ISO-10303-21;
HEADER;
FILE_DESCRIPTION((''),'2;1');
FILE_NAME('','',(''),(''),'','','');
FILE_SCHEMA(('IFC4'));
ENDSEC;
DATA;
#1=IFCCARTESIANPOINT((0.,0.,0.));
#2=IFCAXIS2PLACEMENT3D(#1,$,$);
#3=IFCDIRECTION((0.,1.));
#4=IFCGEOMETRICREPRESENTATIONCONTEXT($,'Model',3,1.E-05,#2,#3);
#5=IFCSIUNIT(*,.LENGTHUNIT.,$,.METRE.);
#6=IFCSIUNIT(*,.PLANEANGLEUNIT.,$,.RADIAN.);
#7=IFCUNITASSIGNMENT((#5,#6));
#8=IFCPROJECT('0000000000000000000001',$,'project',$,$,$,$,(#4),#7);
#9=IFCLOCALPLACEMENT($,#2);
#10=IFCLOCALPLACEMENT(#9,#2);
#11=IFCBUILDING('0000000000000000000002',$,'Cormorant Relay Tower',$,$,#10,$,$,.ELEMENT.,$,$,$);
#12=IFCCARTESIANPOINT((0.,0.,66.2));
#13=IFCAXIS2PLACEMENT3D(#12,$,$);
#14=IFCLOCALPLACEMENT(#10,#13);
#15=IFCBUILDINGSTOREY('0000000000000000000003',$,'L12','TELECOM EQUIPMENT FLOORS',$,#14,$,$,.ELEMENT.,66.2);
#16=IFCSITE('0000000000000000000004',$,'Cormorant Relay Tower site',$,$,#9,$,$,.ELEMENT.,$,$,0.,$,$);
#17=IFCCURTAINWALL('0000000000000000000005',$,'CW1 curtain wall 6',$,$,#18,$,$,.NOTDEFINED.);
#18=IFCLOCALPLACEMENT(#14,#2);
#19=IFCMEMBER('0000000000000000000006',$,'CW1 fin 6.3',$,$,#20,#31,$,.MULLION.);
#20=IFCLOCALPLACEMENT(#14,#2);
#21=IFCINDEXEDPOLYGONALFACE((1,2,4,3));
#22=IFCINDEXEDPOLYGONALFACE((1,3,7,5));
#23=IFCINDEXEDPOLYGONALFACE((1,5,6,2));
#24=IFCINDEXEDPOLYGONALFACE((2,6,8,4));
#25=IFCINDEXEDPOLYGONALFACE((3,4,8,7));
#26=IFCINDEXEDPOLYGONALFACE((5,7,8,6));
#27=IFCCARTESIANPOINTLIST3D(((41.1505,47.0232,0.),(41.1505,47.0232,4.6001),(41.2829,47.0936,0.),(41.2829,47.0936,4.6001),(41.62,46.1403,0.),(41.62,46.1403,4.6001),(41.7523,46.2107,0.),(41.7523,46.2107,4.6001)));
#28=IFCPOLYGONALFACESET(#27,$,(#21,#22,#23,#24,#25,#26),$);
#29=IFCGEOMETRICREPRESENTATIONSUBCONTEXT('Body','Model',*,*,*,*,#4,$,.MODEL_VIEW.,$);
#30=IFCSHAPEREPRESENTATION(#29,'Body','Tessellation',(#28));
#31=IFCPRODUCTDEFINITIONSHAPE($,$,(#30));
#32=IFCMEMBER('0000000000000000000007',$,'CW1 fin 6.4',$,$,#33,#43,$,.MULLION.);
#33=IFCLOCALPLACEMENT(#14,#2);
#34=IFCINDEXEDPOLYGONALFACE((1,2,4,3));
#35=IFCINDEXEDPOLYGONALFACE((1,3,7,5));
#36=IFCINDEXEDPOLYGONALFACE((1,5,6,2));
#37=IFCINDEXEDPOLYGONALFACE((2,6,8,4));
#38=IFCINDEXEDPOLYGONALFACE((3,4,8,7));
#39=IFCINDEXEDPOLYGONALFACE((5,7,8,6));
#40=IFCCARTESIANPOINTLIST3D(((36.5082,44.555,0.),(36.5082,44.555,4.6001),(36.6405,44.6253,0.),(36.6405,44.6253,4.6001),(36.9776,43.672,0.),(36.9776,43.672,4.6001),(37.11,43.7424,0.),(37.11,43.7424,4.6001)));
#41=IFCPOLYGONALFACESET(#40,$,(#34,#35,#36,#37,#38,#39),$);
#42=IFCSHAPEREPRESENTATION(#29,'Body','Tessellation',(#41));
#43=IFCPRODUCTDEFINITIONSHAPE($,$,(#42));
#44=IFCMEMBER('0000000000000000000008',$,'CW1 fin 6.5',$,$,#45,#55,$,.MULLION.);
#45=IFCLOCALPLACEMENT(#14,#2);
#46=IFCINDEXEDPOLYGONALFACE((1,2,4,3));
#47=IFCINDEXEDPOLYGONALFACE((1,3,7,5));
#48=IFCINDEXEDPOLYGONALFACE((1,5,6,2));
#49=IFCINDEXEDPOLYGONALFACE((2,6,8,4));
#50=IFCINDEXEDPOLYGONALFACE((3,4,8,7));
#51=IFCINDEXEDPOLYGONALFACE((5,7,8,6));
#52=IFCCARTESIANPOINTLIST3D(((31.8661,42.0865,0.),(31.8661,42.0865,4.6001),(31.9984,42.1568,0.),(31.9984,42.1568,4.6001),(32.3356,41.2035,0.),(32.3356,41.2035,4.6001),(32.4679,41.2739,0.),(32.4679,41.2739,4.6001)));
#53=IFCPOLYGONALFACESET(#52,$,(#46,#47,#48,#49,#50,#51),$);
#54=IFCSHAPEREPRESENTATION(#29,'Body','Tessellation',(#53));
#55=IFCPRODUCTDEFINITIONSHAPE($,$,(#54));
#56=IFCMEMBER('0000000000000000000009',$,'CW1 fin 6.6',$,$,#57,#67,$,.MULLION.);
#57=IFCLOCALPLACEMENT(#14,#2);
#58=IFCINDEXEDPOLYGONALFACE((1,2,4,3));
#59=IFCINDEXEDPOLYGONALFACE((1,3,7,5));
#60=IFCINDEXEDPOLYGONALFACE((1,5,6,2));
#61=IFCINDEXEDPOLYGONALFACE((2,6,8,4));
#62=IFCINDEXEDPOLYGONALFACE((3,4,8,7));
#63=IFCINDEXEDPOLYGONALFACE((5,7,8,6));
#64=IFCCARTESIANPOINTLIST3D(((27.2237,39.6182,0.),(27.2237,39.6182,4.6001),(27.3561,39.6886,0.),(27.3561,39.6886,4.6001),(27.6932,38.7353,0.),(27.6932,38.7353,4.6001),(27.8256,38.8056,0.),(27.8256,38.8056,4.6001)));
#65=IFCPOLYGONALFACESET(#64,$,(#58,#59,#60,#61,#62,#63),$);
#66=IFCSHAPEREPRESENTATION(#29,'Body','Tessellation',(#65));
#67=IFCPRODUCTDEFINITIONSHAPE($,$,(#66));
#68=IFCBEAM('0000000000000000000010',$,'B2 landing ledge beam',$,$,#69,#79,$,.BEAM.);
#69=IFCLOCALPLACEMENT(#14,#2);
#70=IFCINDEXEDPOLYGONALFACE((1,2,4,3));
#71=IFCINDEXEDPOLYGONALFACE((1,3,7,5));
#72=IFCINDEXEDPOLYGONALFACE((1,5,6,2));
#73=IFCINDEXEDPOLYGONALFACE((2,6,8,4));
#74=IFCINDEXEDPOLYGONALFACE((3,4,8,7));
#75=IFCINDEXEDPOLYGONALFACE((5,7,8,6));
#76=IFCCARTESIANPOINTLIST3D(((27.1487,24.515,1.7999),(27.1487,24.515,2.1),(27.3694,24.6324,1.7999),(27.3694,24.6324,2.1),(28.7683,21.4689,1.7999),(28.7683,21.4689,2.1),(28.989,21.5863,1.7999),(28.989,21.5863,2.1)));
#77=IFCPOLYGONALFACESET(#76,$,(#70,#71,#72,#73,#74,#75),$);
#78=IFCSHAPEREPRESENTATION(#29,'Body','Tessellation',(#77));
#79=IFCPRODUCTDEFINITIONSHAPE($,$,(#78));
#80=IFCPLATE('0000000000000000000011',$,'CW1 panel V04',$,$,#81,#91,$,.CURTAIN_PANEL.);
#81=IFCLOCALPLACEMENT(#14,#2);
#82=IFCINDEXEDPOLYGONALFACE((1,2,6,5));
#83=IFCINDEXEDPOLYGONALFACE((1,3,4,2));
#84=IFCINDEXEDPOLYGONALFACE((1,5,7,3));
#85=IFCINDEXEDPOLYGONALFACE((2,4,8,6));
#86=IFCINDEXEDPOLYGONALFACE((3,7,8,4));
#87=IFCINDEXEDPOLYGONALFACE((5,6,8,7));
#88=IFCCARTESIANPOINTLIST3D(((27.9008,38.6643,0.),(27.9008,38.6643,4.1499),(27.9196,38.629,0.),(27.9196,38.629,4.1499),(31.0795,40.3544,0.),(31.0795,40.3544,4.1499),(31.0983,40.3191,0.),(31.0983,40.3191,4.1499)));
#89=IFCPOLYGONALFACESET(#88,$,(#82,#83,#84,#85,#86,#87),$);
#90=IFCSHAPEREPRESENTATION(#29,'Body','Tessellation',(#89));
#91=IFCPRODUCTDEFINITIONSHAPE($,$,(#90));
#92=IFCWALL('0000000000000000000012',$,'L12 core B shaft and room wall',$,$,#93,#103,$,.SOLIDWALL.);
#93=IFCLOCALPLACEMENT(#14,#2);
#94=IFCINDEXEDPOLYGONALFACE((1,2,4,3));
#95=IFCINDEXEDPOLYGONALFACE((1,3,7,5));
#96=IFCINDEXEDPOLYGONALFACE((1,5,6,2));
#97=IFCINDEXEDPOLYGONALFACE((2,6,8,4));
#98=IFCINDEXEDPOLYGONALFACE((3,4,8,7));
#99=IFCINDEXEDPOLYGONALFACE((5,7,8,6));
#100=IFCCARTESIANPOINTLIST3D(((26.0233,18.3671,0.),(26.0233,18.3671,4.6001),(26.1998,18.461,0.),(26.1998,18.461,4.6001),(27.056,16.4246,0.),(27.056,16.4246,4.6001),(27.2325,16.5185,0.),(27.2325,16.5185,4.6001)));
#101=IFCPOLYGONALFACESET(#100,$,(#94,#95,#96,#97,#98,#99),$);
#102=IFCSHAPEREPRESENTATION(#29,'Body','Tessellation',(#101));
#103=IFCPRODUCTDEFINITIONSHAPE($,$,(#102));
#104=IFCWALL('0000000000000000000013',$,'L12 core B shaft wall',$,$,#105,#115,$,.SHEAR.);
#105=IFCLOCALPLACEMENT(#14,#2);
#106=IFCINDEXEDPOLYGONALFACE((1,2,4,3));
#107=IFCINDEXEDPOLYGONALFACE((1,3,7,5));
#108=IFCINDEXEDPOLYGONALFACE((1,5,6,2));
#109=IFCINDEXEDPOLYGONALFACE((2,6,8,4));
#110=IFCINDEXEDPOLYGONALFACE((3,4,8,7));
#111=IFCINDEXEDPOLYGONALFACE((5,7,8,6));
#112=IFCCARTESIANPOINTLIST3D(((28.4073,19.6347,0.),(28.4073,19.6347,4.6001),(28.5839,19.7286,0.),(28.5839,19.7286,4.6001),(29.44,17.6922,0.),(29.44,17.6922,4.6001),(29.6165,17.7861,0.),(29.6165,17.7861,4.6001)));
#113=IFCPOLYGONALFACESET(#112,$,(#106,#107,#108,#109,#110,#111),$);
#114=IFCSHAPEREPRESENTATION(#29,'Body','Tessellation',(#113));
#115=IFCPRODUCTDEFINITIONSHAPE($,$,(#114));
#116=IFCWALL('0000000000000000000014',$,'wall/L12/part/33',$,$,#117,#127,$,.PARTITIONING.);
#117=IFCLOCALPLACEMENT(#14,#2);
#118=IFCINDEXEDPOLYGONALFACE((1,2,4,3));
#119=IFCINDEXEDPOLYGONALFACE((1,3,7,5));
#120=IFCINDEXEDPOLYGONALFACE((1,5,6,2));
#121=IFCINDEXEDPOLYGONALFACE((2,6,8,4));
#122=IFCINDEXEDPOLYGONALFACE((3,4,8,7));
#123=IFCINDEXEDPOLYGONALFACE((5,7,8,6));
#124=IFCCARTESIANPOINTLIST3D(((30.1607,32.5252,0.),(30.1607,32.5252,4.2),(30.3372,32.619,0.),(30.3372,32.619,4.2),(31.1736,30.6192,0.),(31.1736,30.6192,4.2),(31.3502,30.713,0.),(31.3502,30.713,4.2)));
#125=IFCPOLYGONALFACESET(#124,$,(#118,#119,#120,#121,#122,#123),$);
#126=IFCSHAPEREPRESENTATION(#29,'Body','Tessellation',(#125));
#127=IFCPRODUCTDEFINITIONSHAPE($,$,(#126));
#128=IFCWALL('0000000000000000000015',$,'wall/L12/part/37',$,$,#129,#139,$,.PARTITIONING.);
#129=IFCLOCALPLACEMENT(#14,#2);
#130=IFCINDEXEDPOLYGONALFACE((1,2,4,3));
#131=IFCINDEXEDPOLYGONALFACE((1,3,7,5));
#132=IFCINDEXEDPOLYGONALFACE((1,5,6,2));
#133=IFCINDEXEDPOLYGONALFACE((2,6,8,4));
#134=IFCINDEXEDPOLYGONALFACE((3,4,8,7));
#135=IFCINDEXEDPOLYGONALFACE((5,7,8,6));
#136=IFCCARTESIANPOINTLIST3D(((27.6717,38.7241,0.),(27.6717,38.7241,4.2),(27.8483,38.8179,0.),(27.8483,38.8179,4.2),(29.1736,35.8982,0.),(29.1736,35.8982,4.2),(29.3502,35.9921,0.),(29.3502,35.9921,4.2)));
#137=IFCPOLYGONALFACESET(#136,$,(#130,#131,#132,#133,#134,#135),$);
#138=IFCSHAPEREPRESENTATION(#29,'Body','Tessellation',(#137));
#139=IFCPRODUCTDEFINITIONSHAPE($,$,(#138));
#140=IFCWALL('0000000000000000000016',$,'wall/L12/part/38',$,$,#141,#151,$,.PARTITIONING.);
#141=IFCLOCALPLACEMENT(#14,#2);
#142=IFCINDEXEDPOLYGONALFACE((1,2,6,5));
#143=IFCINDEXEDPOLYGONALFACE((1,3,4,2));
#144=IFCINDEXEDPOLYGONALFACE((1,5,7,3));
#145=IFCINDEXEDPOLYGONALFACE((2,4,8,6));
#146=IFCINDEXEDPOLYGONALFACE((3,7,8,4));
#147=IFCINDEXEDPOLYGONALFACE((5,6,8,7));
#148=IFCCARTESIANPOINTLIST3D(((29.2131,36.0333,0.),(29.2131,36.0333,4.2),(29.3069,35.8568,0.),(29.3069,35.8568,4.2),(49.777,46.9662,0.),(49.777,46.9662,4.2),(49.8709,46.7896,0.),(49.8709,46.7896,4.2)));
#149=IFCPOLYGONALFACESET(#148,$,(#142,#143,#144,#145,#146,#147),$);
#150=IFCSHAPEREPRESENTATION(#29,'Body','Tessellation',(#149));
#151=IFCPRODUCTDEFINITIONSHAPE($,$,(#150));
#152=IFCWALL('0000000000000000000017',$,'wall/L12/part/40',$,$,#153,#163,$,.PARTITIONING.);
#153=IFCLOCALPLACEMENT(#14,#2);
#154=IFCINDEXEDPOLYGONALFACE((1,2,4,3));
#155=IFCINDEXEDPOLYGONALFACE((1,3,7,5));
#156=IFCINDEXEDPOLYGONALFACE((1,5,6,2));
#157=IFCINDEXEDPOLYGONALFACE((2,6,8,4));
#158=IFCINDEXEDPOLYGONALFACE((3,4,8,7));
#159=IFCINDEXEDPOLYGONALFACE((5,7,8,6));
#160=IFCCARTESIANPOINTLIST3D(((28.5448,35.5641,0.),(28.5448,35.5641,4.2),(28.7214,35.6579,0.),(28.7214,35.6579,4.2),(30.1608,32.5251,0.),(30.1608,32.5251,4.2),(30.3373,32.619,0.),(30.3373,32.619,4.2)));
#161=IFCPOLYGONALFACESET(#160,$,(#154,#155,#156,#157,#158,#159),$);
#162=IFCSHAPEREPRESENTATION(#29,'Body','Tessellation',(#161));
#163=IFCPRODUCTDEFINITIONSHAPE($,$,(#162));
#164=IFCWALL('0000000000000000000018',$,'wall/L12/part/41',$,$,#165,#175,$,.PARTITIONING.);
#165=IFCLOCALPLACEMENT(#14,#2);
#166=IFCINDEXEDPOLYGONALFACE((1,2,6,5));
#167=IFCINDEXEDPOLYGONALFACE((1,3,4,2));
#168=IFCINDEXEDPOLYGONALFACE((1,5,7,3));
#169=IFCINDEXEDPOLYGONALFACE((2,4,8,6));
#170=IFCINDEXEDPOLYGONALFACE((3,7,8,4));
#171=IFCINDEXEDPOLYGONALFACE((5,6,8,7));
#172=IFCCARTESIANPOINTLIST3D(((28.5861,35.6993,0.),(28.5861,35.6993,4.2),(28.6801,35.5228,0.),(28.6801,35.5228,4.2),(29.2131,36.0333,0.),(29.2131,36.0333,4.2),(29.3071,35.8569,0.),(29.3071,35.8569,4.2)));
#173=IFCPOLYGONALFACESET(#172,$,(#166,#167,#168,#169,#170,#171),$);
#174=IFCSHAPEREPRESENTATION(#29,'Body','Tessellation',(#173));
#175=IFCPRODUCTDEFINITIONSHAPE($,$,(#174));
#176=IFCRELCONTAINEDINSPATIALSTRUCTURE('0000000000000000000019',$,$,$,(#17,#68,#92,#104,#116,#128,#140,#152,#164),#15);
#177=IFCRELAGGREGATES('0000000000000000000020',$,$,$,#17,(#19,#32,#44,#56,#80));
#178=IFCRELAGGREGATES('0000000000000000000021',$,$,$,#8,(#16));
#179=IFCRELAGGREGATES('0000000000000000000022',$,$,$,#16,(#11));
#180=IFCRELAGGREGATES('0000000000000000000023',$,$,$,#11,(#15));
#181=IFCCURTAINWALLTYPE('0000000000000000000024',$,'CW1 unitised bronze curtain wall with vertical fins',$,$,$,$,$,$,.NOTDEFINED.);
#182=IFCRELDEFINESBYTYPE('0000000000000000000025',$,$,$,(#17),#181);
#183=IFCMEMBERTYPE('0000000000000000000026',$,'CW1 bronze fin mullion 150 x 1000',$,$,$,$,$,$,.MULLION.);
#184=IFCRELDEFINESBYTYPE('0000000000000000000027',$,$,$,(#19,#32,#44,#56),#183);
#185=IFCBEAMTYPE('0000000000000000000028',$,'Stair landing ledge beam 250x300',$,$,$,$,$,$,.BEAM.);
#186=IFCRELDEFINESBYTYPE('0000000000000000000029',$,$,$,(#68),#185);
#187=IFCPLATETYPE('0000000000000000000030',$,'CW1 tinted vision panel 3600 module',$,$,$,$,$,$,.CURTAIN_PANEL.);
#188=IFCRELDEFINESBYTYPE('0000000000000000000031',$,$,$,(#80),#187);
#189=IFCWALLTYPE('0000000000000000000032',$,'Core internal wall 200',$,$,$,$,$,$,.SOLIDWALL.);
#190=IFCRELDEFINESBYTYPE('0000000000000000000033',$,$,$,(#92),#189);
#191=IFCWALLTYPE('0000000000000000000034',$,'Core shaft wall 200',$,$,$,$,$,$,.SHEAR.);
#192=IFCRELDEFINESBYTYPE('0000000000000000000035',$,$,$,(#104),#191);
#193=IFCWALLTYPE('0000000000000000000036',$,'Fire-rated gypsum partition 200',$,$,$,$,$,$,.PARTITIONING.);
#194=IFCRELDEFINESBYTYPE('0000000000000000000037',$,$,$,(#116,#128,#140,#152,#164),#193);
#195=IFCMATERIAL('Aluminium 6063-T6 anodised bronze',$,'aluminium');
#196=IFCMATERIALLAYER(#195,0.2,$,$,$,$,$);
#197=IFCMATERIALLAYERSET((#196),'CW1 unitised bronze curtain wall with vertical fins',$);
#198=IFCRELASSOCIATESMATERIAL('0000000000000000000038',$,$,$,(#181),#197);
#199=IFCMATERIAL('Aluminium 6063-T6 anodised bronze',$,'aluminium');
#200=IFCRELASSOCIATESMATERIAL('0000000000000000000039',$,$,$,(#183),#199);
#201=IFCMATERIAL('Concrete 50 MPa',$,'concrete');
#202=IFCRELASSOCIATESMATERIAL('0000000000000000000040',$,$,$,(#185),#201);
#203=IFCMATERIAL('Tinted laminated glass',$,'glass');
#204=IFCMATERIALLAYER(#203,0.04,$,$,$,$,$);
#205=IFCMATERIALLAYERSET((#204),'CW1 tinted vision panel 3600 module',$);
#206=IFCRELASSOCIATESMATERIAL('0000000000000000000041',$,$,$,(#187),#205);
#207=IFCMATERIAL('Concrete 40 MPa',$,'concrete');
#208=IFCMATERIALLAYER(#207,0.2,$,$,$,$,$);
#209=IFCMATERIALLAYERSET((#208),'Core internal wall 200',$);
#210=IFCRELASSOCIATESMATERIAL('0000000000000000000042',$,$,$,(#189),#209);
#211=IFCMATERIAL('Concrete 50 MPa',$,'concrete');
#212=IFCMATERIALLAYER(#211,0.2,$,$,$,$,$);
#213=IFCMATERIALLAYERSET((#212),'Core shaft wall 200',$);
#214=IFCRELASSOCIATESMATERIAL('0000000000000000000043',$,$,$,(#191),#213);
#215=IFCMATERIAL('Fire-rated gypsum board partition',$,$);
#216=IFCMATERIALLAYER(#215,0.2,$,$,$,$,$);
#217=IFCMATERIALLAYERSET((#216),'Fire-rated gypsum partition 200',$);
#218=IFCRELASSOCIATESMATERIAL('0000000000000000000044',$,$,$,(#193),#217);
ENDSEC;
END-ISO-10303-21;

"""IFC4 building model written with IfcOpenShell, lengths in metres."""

from ifc_helpers import new_model, si_unit, direction, frame, frame_2d, origin, origin_2d, place, context, subcontext, project, spatial, rectangle, extrude, material, layer, layer_set, material_profile, profile_set, type_object, element, aggregate, save


model = new_model("IFC4")

# Units and contexts
model_context = context("Model", 3, precision=1e-05, world=origin(), true_north=direction((0.0, 1.0)))
body_context = subcontext(model_context, "Body", "Model", "MODEL_VIEW")
ifc_project = project(units=[si_unit("LENGTHUNIT", "METRE"), si_unit("PLANEANGLEUNIT", "RADIAN")], contexts=[model_context])

# Site, building, storey
site_placement = place(None, origin())
site = spatial("IfcSite", under=ifc_project, at=site_placement, Name="Cormorant Relay Tower site", CompositionType="ELEMENT", RefElevation=0.0)
building_placement = place(site_placement, origin())
building = spatial("IfcBuilding", under=site, at=building_placement, Name="Cormorant Relay Tower", CompositionType="ELEMENT")
storey_placement = place(building_placement, frame((0.0, 0.0, 66.2)))
storey = spatial("IfcBuildingStorey", under=building, at=storey_placement, Name="L12", Description="TELECOM EQUIPMENT FLOORS", CompositionType="ELEMENT", Elevation=66.2)

# Curtain wall, members
ifc_material_1 = material(Name="Aluminium 6063-T6 anodised bronze", Category="aluminium")
ifc_layer_1 = layer(ifc_material_1, 0.2)
ifc_layer_set_1 = layer_set([ifc_layer_1], Name="CW1 unitised bronze curtain wall with vertical fins")
curtain_wall_type = type_object("IfcCurtainWallType", Name="CW1 unitised bronze curtain wall with vertical fins", PredefinedType="NOTDEFINED", material=ifc_layer_set_1)
curtain_wall_placement = place(storey_placement, origin())
curtain_wall = element("IfcCurtainWall", 1, at=curtain_wall_placement, inside=storey, type_object=curtain_wall_type, Name="CW1 curtain wall 6", PredefinedType="NOTDEFINED")
ifc_material_2 = material(Name="Aluminium 6063-T6 anodised bronze", Category="aluminium")
ifc_material_profile_1 = material_profile(ifc_material_2, rectangle(XDim=0.1499, YDim=1.0, at=origin_2d()), Name="AL 150x1000")
ifc_profile_set_1 = profile_set([ifc_material_profile_1], Name="Aluminium 6063-T6 anodised bronze")
member_type = type_object("IfcMemberType", Name="CW1 bronze fin mullion 150 x 1000", PredefinedType="MULLION", material=ifc_profile_set_1)
member_1_placement = place(storey_placement, frame((41.4514, 46.6169, 0.0), z_axis=(0.0, 0.0, 1.0), x_axis=(-0.882948, -0.469472, 0.0)))
member_1 = element("IfcMember", 2, at=member_1_placement, type_object=member_type, Name="CW1 fin 6.3", PredefinedType="MULLION", context=body_context, shape_type="SweptSolid", body=[
    extrude(rectangle(XDim=0.1499, YDim=1.0, at=origin_2d()), origin(), (0.0, 0.0, 1.0), 4.6001),
])
member_2_placement = place(storey_placement, frame((36.8091, 44.1487, 0.0), z_axis=(0.0, 0.0, 1.0), x_axis=(-0.882948, -0.469472, 0.0)))
member_2 = element("IfcMember", 3, at=member_2_placement, type_object=member_type, Name="CW1 fin 6.4", PredefinedType="MULLION", context=body_context, shape_type="SweptSolid", body=[
    extrude(rectangle(XDim=0.1499, YDim=1.0, at=origin_2d()), origin(), (0.0, 0.0, 1.0), 4.6001),
])
member_3_placement = place(storey_placement, frame((32.167, 41.6802, 0.0), z_axis=(0.0, 0.0, 1.0), x_axis=(-0.882948, -0.469472, 0.0)))
member_3 = element("IfcMember", 4, at=member_3_placement, type_object=member_type, Name="CW1 fin 6.5", PredefinedType="MULLION", context=body_context, shape_type="SweptSolid", body=[
    extrude(rectangle(XDim=0.1499, YDim=1.0, at=origin_2d()), origin(), (0.0, 0.0, 1.0), 4.6001),
])
member_4_placement = place(storey_placement, frame((27.5247, 39.2119, 0.0), z_axis=(0.0, 0.0, 1.0), x_axis=(-0.882948, -0.469472, 0.0)))
member_4 = element("IfcMember", 5, at=member_4_placement, type_object=member_type, Name="CW1 fin 6.6", PredefinedType="MULLION", context=body_context, shape_type="SweptSolid", body=[
    extrude(rectangle(XDim=0.1499, YDim=1.0, at=origin_2d()), origin(), (0.0, 0.0, 1.0), 4.6001),
])

# Beam
ifc_material_3 = material(Name="Concrete 50 MPa", Category="concrete")
ifc_material_profile_2 = material_profile(ifc_material_3, rectangle(XDim=0.25, YDim=0.3, at=origin_2d()), Name="RC 250x300")
ifc_profile_set_2 = profile_set([ifc_material_profile_2], Name="Concrete 50 MPa")
beam_type = type_object("IfcBeamType", Name="Stair landing ledge beam 250x300", PredefinedType="BEAM", material=ifc_profile_set_2)
beam_placement = place(storey_placement, frame((28.8787, 21.5276, 1.95), z_axis=(-0.469464, 0.882952, 0.0), x_axis=(-0.882952, -0.469464, 0.0)))
element("IfcBeam", 6, at=beam_placement, inside=storey, type_object=beam_type, Name="B2 landing ledge beam", PredefinedType="BEAM", context=body_context, shape_type="SweptSolid", body=[
    extrude(rectangle(XDim=0.25, YDim=0.3, at=origin_2d()), origin(), (0.0, 0.0, 1.0), 3.45),
])

# Plate
ifc_material_4 = material(Name="Tinted laminated glass", Category="glass")
ifc_layer_2 = layer(ifc_material_4, 0.04)
ifc_layer_set_2 = layer_set([ifc_layer_2], Name="CW1 tinted vision panel 3600 module")
plate_type = type_object("IfcPlateType", Name="CW1 tinted vision panel 3600 module", PredefinedType="CURTAIN_PANEL", material=ifc_layer_set_2)
plate_placement = place(storey_placement, frame((29.4995, 39.4917, 0.0), z_axis=(0.0, 0.0, 1.0), x_axis=(-0.882948, -0.469472, 0.0)))
plate = element("IfcPlate", 7, at=plate_placement, type_object=plate_type, Name="CW1 panel V04", PredefinedType="CURTAIN_PANEL", context=body_context, shape_type="SweptSolid", body=[
    extrude(rectangle(XDim=3.6001, YDim=0.04, at=origin_2d()), origin(), (0.0, 0.0, 1.0), 4.1499),
])

# Walls
ifc_material_5 = material(Name="Concrete 40 MPa", Category="concrete")
ifc_layer_3 = layer(ifc_material_5, 0.2)
ifc_layer_set_3 = layer_set([ifc_layer_3], Name="Core internal wall 200")
wall_type_1 = type_object("IfcWallType", Name="Core internal wall 200", PredefinedType="SOLIDWALL", material=ifc_layer_set_3)
wall_1_placement = place(storey_placement, frame((27.1443, 16.4714, 0.0), z_axis=(0.0, 0.0, 1.0), x_axis=(-0.469401, 0.882985, 0.0)))
element("IfcWall", 8, at=wall_1_placement, inside=storey, type_object=wall_type_1, Name="L12 core B shaft and room wall", PredefinedType="SOLIDWALL", context=body_context, shape_type="SweptSolid", body=[
    extrude(rectangle(XDim=2.2, YDim=0.2, at=frame_2d((1.1001, 0.0))), origin(), (0.0, 0.0, 1.0), 4.6001),
])
ifc_material_6 = material(Name="Concrete 50 MPa", Category="concrete")
ifc_layer_4 = layer(ifc_material_6, 0.2)
ifc_layer_set_4 = layer_set([ifc_layer_4], Name="Core shaft wall 200")
wall_type_2 = type_object("IfcWallType", Name="Core shaft wall 200", PredefinedType="SHEAR", material=ifc_layer_set_4)
wall_2_placement = place(storey_placement, frame((29.5283, 17.739, 0.0), z_axis=(0.0, 0.0, 1.0), x_axis=(-0.469401, 0.882985, 0.0)))
element("IfcWall", 9, at=wall_2_placement, inside=storey, type_object=wall_type_2, Name="L12 core B shaft wall", PredefinedType="SHEAR", context=body_context, shape_type="SweptSolid", body=[
    extrude(rectangle(XDim=2.2, YDim=0.2, at=frame_2d((1.1001, 0.0))), origin(), (0.0, 0.0, 1.0), 4.6001),
])
ifc_material_7 = material(Name="Fire-rated gypsum board partition")
ifc_layer_5 = layer(ifc_material_7, 0.2)
ifc_layer_set_5 = layer_set([ifc_layer_5], Name="Fire-rated gypsum partition 200")
wall_type_3 = type_object("IfcWallType", Name="Fire-rated gypsum partition 200", PredefinedType="PARTITIONING", material=ifc_layer_set_5)
wall_3_placement = place(storey_placement, frame((30.249, 32.572, 0.0), z_axis=(0.0, 0.0, 1.0), x_axis=(0.46929, -0.883044, 0.0)))
element("IfcWall", 10, at=wall_3_placement, inside=storey, type_object=wall_type_3, Name="wall/L12/part/33", PredefinedType="PARTITIONING", context=body_context, shape_type="SweptSolid", body=[
    extrude(rectangle(XDim=2.1584, YDim=0.2, at=frame_2d((1.0791, 0.0))), origin(), (0.0, 0.0, 1.0), 4.2),
])
wall_4_placement = place(storey_placement, frame((27.76, 38.771, 0.0), z_axis=(0.0, 0.0, 1.0), x_axis=(0.469321, -0.883028, 0.0)))
element("IfcWall", 11, at=wall_4_placement, inside=storey, type_object=wall_type_3, Name="wall/L12/part/37", PredefinedType="PARTITIONING", context=body_context, shape_type="SweptSolid", body=[
    extrude(rectangle(XDim=3.2002, YDim=0.2, at=frame_2d((1.6001, 0.0))), origin(), (0.0, 0.0, 1.0), 4.2),
])
wall_5_placement = place(storey_placement, frame((29.26, 35.9451, 0.0), z_axis=(0.0, 0.0, 1.0), x_axis=(0.882969, 0.469432, 0.0)))
element("IfcWall", 12, at=wall_5_placement, inside=storey, type_object=wall_type_3, Name="wall/L12/part/38", PredefinedType="PARTITIONING", context=body_context, shape_type="SweptSolid", body=[
    extrude(rectangle(XDim=23.2896, YDim=0.2, at=frame_2d((11.6448, 0.0))), origin(), (0.0, 0.0, 1.0), 4.2),
])
wall_6_placement = place(storey_placement, frame((30.249, 32.572, 0.0), z_axis=(0.0, 0.0, 1.0), x_axis=(-0.469487, 0.882939, 0.0)))
element("IfcWall", 13, at=wall_6_placement, inside=storey, type_object=wall_type_3, Name="wall/L12/part/40", PredefinedType="PARTITIONING", context=body_context, shape_type="SweptSolid", body=[
    extrude(rectangle(XDim=3.4419, YDim=0.2, at=frame_2d((1.7209, 0.0))), origin(), (0.0, 0.0, 1.0), 4.2),
])
wall_7_placement = place(storey_placement, frame((28.6331, 35.6111, 0.0), z_axis=(0.0, 0.0, 1.0), x_axis=(0.882581, 0.47016, 0.0)))
element("IfcWall", 14, at=wall_7_placement, inside=storey, type_object=wall_type_3, Name="wall/L12/part/41", PredefinedType="PARTITIONING", context=body_context, shape_type="SweptSolid", body=[
    extrude(rectangle(XDim=0.7104, YDim=0.2, at=frame_2d((0.3552, 0.0))), origin(), (0.0, 0.0, 1.0), 4.2),
])

aggregate(curtain_wall, [member_1, member_2, member_3, member_4, plate])

save(model, "model.ifc")
